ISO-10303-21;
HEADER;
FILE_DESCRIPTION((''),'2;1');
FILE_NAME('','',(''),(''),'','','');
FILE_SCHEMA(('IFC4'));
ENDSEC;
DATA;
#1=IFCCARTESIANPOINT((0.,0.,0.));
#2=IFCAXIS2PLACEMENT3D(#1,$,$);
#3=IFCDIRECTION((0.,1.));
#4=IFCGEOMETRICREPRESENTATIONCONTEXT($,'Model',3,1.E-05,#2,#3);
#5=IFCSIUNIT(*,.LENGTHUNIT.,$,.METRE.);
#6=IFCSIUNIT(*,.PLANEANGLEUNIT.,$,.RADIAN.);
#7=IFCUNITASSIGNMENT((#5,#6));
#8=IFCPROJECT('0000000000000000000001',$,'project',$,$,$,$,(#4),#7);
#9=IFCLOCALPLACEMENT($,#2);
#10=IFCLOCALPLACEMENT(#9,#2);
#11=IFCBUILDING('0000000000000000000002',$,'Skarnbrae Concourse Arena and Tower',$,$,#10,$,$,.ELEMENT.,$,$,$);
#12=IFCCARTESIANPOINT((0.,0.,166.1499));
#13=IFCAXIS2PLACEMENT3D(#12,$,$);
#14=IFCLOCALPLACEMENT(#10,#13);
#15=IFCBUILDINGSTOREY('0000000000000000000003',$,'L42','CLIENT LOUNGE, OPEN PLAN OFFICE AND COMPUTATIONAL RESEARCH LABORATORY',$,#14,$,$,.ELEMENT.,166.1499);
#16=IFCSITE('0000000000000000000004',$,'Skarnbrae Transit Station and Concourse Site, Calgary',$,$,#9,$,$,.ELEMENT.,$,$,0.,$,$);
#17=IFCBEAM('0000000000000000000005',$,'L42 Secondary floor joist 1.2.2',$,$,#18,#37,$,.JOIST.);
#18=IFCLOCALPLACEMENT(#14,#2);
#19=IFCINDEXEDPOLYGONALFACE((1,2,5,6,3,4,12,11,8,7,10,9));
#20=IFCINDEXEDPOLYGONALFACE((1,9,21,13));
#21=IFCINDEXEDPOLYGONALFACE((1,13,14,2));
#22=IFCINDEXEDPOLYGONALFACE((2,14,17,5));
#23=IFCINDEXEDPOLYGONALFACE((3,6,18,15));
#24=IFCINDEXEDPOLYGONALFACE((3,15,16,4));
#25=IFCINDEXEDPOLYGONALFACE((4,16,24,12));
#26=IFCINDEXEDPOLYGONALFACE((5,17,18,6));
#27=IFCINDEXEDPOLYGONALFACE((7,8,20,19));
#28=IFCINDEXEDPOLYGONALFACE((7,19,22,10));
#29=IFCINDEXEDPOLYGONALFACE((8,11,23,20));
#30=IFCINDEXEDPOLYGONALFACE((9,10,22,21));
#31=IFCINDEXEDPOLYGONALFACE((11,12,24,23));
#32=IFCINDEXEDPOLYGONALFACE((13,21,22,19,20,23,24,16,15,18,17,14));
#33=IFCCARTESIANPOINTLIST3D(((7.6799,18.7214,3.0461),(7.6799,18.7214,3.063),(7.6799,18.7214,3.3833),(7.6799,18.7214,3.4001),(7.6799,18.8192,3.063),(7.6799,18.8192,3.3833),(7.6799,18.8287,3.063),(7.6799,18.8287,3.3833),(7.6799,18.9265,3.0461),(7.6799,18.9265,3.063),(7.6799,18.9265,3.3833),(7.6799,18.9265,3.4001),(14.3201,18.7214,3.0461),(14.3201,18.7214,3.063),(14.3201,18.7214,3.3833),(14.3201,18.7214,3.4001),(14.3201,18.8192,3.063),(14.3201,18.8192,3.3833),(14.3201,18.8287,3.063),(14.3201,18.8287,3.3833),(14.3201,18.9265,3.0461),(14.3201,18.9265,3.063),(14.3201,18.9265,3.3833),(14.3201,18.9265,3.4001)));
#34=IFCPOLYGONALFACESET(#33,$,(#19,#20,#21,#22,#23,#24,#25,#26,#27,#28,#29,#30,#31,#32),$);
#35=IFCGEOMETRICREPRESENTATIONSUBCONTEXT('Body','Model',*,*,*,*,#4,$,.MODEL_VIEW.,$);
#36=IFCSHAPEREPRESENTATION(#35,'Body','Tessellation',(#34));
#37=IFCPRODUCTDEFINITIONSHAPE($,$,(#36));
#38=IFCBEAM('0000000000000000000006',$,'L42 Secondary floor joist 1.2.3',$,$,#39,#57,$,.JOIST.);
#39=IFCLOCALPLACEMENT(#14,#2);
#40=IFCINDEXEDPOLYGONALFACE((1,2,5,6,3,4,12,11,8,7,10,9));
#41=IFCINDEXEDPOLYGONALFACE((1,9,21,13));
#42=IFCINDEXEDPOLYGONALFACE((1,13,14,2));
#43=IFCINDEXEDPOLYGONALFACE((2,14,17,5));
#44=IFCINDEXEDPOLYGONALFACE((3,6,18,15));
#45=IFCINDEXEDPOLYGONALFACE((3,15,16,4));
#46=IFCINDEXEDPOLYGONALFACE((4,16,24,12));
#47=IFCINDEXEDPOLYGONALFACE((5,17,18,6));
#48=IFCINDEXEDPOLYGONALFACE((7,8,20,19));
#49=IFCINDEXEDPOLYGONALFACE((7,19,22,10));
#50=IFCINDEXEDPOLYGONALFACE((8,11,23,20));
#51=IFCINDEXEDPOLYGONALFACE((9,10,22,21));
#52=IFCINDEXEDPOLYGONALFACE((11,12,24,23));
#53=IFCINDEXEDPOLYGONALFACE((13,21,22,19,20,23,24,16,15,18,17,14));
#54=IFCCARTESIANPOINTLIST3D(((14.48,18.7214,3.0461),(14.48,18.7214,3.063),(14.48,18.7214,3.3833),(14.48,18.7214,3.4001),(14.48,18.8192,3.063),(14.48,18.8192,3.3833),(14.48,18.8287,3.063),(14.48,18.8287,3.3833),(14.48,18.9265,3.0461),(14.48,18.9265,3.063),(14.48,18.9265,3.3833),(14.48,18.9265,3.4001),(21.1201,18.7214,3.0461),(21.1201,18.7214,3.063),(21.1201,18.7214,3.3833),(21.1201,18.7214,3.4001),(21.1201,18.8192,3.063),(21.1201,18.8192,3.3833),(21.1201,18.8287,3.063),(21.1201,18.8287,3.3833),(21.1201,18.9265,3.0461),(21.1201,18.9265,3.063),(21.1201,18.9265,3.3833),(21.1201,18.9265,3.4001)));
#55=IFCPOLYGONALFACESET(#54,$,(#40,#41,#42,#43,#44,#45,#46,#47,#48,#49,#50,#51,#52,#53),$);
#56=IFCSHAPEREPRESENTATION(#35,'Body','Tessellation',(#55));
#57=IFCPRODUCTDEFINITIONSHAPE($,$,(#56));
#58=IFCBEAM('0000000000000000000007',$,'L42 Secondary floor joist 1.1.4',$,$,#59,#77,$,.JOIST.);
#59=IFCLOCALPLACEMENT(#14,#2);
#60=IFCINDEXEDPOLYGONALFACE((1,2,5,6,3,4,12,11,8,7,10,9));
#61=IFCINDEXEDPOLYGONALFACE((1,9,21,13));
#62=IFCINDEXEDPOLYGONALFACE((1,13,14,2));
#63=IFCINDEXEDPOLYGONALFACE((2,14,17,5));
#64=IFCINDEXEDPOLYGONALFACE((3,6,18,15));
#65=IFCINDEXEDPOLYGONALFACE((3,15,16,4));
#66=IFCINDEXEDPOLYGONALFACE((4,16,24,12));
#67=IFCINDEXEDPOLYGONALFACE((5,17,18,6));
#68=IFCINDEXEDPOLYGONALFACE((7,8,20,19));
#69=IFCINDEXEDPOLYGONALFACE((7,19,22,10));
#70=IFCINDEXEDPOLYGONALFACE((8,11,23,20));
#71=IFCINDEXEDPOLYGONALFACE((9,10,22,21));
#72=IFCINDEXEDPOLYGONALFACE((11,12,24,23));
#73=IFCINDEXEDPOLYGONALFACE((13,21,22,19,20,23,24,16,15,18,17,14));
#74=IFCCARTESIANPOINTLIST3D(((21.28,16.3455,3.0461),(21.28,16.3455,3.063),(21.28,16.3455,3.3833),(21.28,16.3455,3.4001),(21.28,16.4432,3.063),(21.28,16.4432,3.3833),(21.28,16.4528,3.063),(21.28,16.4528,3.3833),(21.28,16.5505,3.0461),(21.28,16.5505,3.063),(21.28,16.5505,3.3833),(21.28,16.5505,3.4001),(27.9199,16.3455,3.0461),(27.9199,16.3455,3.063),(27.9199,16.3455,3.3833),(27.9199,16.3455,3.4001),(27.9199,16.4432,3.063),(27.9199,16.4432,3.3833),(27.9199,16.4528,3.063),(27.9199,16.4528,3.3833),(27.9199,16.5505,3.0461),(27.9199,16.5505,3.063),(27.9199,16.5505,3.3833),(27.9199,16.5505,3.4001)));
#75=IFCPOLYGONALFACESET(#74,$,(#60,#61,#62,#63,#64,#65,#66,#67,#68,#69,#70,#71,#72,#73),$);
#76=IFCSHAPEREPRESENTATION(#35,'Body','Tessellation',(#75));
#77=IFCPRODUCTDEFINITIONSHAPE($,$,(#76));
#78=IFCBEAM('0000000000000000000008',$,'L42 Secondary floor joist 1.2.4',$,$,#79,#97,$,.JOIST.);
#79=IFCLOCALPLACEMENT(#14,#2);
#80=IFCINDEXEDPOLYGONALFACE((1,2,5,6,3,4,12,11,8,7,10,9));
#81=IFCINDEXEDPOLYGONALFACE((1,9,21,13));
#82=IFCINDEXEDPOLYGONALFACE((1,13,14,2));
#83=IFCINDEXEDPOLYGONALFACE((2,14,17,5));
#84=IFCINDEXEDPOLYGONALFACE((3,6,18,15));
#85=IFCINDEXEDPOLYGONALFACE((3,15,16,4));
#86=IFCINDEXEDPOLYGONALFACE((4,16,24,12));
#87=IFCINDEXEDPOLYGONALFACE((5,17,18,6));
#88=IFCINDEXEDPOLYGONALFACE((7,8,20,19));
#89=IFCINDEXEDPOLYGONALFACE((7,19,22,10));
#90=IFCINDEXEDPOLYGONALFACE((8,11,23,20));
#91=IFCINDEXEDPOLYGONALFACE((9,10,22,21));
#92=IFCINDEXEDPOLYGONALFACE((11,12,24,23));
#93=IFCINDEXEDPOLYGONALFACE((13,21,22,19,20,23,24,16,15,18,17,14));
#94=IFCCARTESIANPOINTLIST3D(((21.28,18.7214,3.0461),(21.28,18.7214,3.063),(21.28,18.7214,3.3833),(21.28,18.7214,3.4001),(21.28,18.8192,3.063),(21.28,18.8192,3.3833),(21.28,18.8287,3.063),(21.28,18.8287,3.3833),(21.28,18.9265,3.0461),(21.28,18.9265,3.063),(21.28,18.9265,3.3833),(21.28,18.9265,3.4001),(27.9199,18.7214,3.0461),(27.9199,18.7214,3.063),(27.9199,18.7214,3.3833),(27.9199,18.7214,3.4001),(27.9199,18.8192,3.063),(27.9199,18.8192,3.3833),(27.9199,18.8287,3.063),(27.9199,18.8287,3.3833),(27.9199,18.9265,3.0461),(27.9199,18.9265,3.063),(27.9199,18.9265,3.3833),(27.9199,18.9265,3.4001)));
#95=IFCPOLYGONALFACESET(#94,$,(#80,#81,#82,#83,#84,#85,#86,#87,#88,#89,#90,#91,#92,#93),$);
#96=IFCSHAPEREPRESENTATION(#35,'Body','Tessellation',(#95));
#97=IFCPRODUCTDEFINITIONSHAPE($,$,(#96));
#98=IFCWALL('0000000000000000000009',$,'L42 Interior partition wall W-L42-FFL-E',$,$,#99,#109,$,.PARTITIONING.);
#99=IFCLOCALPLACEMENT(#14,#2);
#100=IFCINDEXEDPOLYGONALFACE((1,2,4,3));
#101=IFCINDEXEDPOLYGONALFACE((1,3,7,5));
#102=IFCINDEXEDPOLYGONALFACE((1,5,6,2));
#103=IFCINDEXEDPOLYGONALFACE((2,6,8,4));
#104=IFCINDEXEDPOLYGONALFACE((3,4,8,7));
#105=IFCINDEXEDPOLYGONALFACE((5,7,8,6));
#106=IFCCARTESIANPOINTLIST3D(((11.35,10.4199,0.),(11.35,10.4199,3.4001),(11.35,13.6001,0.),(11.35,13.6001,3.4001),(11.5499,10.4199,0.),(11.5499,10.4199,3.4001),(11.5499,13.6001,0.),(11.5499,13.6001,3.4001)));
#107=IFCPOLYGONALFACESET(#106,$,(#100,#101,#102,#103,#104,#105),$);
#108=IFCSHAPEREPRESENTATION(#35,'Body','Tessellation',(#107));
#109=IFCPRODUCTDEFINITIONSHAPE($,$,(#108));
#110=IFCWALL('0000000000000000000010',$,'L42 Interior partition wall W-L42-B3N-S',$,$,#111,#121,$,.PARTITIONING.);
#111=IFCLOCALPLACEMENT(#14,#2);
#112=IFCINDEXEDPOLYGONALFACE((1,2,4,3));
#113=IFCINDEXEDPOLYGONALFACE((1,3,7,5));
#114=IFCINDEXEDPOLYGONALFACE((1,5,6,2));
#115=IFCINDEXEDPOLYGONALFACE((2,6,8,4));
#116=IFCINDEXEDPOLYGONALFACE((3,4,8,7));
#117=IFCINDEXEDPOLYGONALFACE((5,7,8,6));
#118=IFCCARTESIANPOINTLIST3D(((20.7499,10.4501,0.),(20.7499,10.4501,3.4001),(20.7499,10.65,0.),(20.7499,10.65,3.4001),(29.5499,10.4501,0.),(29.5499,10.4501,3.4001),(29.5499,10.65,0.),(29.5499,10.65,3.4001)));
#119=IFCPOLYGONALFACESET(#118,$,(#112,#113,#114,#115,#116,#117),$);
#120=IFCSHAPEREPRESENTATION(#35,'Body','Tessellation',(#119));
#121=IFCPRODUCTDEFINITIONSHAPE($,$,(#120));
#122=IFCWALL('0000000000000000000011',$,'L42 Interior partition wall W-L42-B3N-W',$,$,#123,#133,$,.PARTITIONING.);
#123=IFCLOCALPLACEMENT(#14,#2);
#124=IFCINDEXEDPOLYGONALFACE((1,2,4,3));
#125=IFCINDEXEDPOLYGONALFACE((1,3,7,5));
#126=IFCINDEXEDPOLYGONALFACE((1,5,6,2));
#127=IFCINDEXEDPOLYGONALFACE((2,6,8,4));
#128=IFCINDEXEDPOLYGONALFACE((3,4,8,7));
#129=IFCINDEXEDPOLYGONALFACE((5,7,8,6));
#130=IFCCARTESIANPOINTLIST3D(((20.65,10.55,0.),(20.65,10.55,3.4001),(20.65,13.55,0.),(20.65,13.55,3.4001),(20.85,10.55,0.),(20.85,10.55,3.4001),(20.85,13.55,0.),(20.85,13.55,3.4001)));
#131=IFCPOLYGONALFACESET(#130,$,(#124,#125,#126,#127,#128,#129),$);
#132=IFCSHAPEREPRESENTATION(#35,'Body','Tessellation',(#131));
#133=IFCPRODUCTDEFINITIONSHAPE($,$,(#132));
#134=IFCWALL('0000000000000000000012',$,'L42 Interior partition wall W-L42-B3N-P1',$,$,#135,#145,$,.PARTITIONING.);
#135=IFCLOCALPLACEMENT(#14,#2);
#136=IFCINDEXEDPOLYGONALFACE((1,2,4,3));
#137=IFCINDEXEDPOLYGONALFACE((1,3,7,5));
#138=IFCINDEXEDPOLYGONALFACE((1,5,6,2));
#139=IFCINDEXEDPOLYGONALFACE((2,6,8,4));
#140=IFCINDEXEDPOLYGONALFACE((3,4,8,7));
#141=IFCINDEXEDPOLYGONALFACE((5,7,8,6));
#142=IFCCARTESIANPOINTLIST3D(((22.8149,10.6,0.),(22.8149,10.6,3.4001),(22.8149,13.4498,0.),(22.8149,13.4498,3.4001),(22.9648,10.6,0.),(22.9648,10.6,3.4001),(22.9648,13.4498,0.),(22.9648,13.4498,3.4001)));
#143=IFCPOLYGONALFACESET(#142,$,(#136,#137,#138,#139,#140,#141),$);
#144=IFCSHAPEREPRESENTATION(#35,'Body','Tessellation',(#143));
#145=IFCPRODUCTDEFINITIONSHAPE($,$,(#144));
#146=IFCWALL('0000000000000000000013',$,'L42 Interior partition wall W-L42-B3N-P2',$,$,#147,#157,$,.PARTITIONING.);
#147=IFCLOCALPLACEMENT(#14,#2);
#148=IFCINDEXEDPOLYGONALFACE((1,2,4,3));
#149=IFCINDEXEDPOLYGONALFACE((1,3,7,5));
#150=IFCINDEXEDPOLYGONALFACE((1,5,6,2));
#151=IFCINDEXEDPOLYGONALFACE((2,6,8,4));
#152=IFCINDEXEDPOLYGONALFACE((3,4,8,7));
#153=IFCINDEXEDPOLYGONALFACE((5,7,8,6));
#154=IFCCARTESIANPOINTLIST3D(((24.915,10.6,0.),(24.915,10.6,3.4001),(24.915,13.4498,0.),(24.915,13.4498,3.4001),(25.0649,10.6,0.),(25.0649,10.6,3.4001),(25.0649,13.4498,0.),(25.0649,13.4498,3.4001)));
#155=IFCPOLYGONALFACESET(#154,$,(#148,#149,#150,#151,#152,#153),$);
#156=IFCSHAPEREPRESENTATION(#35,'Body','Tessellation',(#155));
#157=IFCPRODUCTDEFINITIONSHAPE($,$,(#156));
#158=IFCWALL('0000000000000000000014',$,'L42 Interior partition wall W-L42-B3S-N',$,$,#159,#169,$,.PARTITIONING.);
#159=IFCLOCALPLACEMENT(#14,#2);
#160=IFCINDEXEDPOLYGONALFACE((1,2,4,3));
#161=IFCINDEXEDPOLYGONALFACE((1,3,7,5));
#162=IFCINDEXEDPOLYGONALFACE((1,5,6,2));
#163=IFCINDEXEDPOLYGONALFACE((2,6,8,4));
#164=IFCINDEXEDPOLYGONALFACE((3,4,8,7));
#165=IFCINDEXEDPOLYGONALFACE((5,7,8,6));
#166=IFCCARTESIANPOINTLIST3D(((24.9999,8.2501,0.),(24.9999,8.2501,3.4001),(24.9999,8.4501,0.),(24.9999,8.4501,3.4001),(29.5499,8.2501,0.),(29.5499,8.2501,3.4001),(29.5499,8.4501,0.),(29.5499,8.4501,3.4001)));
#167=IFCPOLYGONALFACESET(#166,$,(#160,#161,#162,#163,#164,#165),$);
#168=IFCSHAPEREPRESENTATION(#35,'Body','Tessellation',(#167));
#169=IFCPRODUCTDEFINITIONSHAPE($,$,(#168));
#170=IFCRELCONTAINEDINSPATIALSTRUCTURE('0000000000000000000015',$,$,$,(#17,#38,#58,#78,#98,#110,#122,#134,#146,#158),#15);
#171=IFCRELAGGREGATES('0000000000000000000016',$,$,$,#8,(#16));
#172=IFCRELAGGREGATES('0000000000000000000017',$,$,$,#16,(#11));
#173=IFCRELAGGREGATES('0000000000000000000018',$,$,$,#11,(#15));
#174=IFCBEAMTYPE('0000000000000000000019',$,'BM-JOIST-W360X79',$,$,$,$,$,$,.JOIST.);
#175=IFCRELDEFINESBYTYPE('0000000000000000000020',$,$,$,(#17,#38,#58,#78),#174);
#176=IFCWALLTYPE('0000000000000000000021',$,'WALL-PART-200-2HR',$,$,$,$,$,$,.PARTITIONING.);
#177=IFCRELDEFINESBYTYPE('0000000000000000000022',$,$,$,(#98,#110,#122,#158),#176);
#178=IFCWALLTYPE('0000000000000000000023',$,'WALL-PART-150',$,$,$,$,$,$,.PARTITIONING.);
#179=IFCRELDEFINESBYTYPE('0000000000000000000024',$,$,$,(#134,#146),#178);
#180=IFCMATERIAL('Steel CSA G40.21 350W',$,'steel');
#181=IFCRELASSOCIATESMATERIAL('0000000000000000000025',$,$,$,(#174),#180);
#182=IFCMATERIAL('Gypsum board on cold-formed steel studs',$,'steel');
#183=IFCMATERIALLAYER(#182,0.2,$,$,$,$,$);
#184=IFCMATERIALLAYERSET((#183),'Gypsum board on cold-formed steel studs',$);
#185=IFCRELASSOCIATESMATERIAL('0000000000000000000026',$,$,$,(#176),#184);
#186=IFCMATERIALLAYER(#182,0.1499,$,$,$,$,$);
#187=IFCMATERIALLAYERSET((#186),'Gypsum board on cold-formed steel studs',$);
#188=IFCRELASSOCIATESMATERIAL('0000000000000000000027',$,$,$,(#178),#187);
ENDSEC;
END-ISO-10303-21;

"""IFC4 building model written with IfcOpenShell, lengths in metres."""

from ifc_helpers import new_model, si_unit, direction, frame, frame_2d, origin, origin_2d, place, context, subcontext, project, spatial, rectangle, i_section, extrude, source, transform, mapped, material, layer, layer_set, material_profile, profile_set, type_object, element, save


model = new_model("IFC4")

# Units and contexts
model_context = context("Model", 3, precision=1e-05, world=origin(), true_north=direction((0.0, 1.0)))
body_context = subcontext(model_context, "Body", "Model", "MODEL_VIEW")
ifc_project = project(units=[si_unit("LENGTHUNIT", "METRE"), si_unit("PLANEANGLEUNIT", "RADIAN")], contexts=[model_context])

# Site, building, storey
site_placement = place(None, origin())
site = spatial("IfcSite", under=ifc_project, at=site_placement, Name="Skarnbrae Transit Station and Concourse Site, Calgary", CompositionType="ELEMENT", RefElevation=0.0)
building_placement = place(site_placement, origin())
building = spatial("IfcBuilding", under=site, at=building_placement, Name="Skarnbrae Concourse Arena and Tower", CompositionType="ELEMENT")
storey_placement = place(building_placement, frame((0.0, 0.0, 166.1499)))
storey = spatial("IfcBuildingStorey", under=building, at=storey_placement, Name="L42", Description="CLIENT LOUNGE, OPEN PLAN OFFICE AND COMPUTATIONAL RESEARCH LABORATORY", CompositionType="ELEMENT", Elevation=166.1499)

# Shared definitions
ifc_material_1 = material(Name="Steel CSA G40.21 350W", Category="steel")

# Beams
ifc_material_profile_1 = material_profile(ifc_material_1, i_section(OverallWidth=0.2051, OverallDepth=0.354, WebThickness=0.0095, FlangeThickness=0.0168, at=origin_2d()), Name="W360X79")
ifc_profile_set_1 = profile_set([ifc_material_profile_1], Name="Steel CSA G40.21 350W")
beam_type_1 = type_object("IfcBeamType", Name="BM-JOIST-W360X79", PredefinedType="JOIST", material=ifc_profile_set_1)
shared_shape_1 = source(origin(), body_context, "Body", "SweptSolid", [
    extrude(i_section(OverallWidth=0.2051, OverallDepth=0.354, WebThickness=0.0095, FlangeThickness=0.0168, at=origin_2d()), origin(), (0.0, 0.0, 1.0), 6.6401),
])
for number, where, z_axis, x_axis, name in (
    (1, (7.6799, 18.824, 3.2231), (1.0, 0.0, 0.0), (0.0, 1.0, 0.0), "L42 Secondary floor joist 1.2.2"),
    (2, (14.48, 18.824, 3.2231), (1.0, 0.0, 0.0), (0.0, 1.0, 0.0), "L42 Secondary floor joist 1.2.3"),
):
    element("IfcBeam", number, at=place(storey_placement, frame(where, z_axis=z_axis, x_axis=x_axis)), inside=storey, type_object=beam_type_1, Name=name, PredefinedType="JOIST", context=body_context, shape_type="MappedRepresentation", body=[
        mapped(shared_shape_1, transform((0.0, 0.0, 0.0))),
    ])
shared_shape_2 = source(origin(), body_context, "Body", "SweptSolid", [
    extrude(i_section(OverallWidth=0.2051, OverallDepth=0.354, WebThickness=0.0095, FlangeThickness=0.0168, at=origin_2d()), origin(), (0.0, 0.0, 1.0), 6.6399),
])
for number, where, z_axis, x_axis, name in (
    (3, (21.28, 16.448, 3.2231), (1.0, 0.0, 0.0), (0.0, 1.0, 0.0), "L42 Secondary floor joist 1.1.4"),
    (4, (21.28, 18.824, 3.2231), (1.0, 0.0, 0.0), (0.0, 1.0, 0.0), "L42 Secondary floor joist 1.2.4"),
):
    element("IfcBeam", number, at=place(storey_placement, frame(where, z_axis=z_axis, x_axis=x_axis)), inside=storey, type_object=beam_type_1, Name=name, PredefinedType="JOIST", context=body_context, shape_type="MappedRepresentation", body=[
        mapped(shared_shape_2, transform((0.0, 0.0, 0.0))),
    ])

# Wall
ifc_material_2 = material(Name="Gypsum board on cold-formed steel studs", Category="steel")
ifc_layer_1 = layer(ifc_material_2, 0.2)
ifc_layer_set_1 = layer_set([ifc_layer_1], Name="Gypsum board on cold-formed steel studs")
wall_type_1 = type_object("IfcWallType", Name="WALL-PART-200-2HR", PredefinedType="PARTITIONING", material=ifc_layer_set_1)
shared_shape_3 = source(origin(), body_context, "Body", "SweptSolid", [
    extrude(rectangle(XDim=3.1802, YDim=0.2, at=frame_2d((1.5901, 0.0))), origin(), (0.0, 0.0, 1.0), 3.4001),
])
wall_1_placement = place(storey_placement, frame((11.45, 10.4199, 0.0), z_axis=(0.0, 0.0, 1.0), x_axis=(0.0, 1.0, 0.0)))
element("IfcWall", 5, at=wall_1_placement, inside=storey, type_object=wall_type_1, Name="L42 Interior partition wall W-L42-FFL-E", PredefinedType="PARTITIONING", context=body_context, shape_type="MappedRepresentation", body=[
    mapped(shared_shape_3, transform((0.0, 0.0, 0.0))),
])

# Walls
shared_shape_4 = source(origin(), body_context, "Body", "SweptSolid", [
    extrude(rectangle(XDim=8.8, YDim=0.2, at=frame_2d((4.3999, 0.0))), origin(), (0.0, 0.0, 1.0), 3.4001),
])
wall_2_placement = place(storey_placement, frame((20.75, 10.55, 0.0), z_axis=(0.0, 0.0, 1.0), x_axis=(1.0, 0.0, 0.0)))
element("IfcWall", 6, at=wall_2_placement, inside=storey, type_object=wall_type_1, Name="L42 Interior partition wall W-L42-B3N-S", PredefinedType="PARTITIONING", context=body_context, shape_type="MappedRepresentation", body=[
    mapped(shared_shape_4, transform((0.0, 0.0, 0.0))),
])
shared_shape_5 = source(origin(), body_context, "Body", "SweptSolid", [
    extrude(rectangle(XDim=3.0, YDim=0.2, at=frame_2d((1.5, 0.0))), origin(), (0.0, 0.0, 1.0), 3.4001),
])
wall_3_placement = place(storey_placement, frame((20.75, 10.55, 0.0), z_axis=(0.0, 0.0, 1.0), x_axis=(0.0, 1.0, 0.0)))
element("IfcWall", 7, at=wall_3_placement, inside=storey, type_object=wall_type_1, Name="L42 Interior partition wall W-L42-B3N-W", PredefinedType="PARTITIONING", context=body_context, shape_type="MappedRepresentation", body=[
    mapped(shared_shape_5, transform((0.0, 0.0, 0.0))),
])
ifc_layer_2 = layer(ifc_material_2, 0.1499)
ifc_layer_set_2 = layer_set([ifc_layer_2], Name="Gypsum board on cold-formed steel studs")
wall_type_2 = type_object("IfcWallType", Name="WALL-PART-150", PredefinedType="PARTITIONING", material=ifc_layer_set_2)
shared_shape_6 = source(origin(), body_context, "Body", "SweptSolid", [
    extrude(rectangle(XDim=2.8499, YDim=0.1499, at=frame_2d((1.4248, 0.0))), origin(), (0.0, 0.0, 1.0), 3.4001),
])
for number, where, z_axis, x_axis, name in (
    (8, (22.8899, 10.6001, 0.0), (0.0, 0.0, 1.0), (0.0, 1.0, 0.0), "L42 Interior partition wall W-L42-B3N-P1"),
    (9, (24.99, 10.6001, 0.0), (0.0, 0.0, 1.0), (0.0, 1.0, 0.0), "L42 Interior partition wall W-L42-B3N-P2"),
):
    element("IfcWall", number, at=place(storey_placement, frame(where, z_axis=z_axis, x_axis=x_axis)), inside=storey, type_object=wall_type_2, Name=name, PredefinedType="PARTITIONING", context=body_context, shape_type="MappedRepresentation", body=[
        mapped(shared_shape_6, transform((0.0, 0.0, 0.0))),
    ])
shared_shape_7 = source(origin(), body_context, "Body", "SweptSolid", [
    extrude(rectangle(XDim=4.55, YDim=0.2, at=frame_2d((2.2749, 0.0))), origin(), (0.0, 0.0, 1.0), 3.4001),
])
wall_4_placement = place(storey_placement, frame((25.0, 8.3501, 0.0), z_axis=(0.0, 0.0, 1.0), x_axis=(1.0, 0.0, 0.0)))
element("IfcWall", 10, at=wall_4_placement, inside=storey, type_object=wall_type_1, Name="L42 Interior partition wall W-L42-B3S-N", PredefinedType="PARTITIONING", context=body_context, shape_type="MappedRepresentation", body=[
    mapped(shared_shape_7, transform((0.0, 0.0, 0.0))),
])

save(model, "model.ifc")
